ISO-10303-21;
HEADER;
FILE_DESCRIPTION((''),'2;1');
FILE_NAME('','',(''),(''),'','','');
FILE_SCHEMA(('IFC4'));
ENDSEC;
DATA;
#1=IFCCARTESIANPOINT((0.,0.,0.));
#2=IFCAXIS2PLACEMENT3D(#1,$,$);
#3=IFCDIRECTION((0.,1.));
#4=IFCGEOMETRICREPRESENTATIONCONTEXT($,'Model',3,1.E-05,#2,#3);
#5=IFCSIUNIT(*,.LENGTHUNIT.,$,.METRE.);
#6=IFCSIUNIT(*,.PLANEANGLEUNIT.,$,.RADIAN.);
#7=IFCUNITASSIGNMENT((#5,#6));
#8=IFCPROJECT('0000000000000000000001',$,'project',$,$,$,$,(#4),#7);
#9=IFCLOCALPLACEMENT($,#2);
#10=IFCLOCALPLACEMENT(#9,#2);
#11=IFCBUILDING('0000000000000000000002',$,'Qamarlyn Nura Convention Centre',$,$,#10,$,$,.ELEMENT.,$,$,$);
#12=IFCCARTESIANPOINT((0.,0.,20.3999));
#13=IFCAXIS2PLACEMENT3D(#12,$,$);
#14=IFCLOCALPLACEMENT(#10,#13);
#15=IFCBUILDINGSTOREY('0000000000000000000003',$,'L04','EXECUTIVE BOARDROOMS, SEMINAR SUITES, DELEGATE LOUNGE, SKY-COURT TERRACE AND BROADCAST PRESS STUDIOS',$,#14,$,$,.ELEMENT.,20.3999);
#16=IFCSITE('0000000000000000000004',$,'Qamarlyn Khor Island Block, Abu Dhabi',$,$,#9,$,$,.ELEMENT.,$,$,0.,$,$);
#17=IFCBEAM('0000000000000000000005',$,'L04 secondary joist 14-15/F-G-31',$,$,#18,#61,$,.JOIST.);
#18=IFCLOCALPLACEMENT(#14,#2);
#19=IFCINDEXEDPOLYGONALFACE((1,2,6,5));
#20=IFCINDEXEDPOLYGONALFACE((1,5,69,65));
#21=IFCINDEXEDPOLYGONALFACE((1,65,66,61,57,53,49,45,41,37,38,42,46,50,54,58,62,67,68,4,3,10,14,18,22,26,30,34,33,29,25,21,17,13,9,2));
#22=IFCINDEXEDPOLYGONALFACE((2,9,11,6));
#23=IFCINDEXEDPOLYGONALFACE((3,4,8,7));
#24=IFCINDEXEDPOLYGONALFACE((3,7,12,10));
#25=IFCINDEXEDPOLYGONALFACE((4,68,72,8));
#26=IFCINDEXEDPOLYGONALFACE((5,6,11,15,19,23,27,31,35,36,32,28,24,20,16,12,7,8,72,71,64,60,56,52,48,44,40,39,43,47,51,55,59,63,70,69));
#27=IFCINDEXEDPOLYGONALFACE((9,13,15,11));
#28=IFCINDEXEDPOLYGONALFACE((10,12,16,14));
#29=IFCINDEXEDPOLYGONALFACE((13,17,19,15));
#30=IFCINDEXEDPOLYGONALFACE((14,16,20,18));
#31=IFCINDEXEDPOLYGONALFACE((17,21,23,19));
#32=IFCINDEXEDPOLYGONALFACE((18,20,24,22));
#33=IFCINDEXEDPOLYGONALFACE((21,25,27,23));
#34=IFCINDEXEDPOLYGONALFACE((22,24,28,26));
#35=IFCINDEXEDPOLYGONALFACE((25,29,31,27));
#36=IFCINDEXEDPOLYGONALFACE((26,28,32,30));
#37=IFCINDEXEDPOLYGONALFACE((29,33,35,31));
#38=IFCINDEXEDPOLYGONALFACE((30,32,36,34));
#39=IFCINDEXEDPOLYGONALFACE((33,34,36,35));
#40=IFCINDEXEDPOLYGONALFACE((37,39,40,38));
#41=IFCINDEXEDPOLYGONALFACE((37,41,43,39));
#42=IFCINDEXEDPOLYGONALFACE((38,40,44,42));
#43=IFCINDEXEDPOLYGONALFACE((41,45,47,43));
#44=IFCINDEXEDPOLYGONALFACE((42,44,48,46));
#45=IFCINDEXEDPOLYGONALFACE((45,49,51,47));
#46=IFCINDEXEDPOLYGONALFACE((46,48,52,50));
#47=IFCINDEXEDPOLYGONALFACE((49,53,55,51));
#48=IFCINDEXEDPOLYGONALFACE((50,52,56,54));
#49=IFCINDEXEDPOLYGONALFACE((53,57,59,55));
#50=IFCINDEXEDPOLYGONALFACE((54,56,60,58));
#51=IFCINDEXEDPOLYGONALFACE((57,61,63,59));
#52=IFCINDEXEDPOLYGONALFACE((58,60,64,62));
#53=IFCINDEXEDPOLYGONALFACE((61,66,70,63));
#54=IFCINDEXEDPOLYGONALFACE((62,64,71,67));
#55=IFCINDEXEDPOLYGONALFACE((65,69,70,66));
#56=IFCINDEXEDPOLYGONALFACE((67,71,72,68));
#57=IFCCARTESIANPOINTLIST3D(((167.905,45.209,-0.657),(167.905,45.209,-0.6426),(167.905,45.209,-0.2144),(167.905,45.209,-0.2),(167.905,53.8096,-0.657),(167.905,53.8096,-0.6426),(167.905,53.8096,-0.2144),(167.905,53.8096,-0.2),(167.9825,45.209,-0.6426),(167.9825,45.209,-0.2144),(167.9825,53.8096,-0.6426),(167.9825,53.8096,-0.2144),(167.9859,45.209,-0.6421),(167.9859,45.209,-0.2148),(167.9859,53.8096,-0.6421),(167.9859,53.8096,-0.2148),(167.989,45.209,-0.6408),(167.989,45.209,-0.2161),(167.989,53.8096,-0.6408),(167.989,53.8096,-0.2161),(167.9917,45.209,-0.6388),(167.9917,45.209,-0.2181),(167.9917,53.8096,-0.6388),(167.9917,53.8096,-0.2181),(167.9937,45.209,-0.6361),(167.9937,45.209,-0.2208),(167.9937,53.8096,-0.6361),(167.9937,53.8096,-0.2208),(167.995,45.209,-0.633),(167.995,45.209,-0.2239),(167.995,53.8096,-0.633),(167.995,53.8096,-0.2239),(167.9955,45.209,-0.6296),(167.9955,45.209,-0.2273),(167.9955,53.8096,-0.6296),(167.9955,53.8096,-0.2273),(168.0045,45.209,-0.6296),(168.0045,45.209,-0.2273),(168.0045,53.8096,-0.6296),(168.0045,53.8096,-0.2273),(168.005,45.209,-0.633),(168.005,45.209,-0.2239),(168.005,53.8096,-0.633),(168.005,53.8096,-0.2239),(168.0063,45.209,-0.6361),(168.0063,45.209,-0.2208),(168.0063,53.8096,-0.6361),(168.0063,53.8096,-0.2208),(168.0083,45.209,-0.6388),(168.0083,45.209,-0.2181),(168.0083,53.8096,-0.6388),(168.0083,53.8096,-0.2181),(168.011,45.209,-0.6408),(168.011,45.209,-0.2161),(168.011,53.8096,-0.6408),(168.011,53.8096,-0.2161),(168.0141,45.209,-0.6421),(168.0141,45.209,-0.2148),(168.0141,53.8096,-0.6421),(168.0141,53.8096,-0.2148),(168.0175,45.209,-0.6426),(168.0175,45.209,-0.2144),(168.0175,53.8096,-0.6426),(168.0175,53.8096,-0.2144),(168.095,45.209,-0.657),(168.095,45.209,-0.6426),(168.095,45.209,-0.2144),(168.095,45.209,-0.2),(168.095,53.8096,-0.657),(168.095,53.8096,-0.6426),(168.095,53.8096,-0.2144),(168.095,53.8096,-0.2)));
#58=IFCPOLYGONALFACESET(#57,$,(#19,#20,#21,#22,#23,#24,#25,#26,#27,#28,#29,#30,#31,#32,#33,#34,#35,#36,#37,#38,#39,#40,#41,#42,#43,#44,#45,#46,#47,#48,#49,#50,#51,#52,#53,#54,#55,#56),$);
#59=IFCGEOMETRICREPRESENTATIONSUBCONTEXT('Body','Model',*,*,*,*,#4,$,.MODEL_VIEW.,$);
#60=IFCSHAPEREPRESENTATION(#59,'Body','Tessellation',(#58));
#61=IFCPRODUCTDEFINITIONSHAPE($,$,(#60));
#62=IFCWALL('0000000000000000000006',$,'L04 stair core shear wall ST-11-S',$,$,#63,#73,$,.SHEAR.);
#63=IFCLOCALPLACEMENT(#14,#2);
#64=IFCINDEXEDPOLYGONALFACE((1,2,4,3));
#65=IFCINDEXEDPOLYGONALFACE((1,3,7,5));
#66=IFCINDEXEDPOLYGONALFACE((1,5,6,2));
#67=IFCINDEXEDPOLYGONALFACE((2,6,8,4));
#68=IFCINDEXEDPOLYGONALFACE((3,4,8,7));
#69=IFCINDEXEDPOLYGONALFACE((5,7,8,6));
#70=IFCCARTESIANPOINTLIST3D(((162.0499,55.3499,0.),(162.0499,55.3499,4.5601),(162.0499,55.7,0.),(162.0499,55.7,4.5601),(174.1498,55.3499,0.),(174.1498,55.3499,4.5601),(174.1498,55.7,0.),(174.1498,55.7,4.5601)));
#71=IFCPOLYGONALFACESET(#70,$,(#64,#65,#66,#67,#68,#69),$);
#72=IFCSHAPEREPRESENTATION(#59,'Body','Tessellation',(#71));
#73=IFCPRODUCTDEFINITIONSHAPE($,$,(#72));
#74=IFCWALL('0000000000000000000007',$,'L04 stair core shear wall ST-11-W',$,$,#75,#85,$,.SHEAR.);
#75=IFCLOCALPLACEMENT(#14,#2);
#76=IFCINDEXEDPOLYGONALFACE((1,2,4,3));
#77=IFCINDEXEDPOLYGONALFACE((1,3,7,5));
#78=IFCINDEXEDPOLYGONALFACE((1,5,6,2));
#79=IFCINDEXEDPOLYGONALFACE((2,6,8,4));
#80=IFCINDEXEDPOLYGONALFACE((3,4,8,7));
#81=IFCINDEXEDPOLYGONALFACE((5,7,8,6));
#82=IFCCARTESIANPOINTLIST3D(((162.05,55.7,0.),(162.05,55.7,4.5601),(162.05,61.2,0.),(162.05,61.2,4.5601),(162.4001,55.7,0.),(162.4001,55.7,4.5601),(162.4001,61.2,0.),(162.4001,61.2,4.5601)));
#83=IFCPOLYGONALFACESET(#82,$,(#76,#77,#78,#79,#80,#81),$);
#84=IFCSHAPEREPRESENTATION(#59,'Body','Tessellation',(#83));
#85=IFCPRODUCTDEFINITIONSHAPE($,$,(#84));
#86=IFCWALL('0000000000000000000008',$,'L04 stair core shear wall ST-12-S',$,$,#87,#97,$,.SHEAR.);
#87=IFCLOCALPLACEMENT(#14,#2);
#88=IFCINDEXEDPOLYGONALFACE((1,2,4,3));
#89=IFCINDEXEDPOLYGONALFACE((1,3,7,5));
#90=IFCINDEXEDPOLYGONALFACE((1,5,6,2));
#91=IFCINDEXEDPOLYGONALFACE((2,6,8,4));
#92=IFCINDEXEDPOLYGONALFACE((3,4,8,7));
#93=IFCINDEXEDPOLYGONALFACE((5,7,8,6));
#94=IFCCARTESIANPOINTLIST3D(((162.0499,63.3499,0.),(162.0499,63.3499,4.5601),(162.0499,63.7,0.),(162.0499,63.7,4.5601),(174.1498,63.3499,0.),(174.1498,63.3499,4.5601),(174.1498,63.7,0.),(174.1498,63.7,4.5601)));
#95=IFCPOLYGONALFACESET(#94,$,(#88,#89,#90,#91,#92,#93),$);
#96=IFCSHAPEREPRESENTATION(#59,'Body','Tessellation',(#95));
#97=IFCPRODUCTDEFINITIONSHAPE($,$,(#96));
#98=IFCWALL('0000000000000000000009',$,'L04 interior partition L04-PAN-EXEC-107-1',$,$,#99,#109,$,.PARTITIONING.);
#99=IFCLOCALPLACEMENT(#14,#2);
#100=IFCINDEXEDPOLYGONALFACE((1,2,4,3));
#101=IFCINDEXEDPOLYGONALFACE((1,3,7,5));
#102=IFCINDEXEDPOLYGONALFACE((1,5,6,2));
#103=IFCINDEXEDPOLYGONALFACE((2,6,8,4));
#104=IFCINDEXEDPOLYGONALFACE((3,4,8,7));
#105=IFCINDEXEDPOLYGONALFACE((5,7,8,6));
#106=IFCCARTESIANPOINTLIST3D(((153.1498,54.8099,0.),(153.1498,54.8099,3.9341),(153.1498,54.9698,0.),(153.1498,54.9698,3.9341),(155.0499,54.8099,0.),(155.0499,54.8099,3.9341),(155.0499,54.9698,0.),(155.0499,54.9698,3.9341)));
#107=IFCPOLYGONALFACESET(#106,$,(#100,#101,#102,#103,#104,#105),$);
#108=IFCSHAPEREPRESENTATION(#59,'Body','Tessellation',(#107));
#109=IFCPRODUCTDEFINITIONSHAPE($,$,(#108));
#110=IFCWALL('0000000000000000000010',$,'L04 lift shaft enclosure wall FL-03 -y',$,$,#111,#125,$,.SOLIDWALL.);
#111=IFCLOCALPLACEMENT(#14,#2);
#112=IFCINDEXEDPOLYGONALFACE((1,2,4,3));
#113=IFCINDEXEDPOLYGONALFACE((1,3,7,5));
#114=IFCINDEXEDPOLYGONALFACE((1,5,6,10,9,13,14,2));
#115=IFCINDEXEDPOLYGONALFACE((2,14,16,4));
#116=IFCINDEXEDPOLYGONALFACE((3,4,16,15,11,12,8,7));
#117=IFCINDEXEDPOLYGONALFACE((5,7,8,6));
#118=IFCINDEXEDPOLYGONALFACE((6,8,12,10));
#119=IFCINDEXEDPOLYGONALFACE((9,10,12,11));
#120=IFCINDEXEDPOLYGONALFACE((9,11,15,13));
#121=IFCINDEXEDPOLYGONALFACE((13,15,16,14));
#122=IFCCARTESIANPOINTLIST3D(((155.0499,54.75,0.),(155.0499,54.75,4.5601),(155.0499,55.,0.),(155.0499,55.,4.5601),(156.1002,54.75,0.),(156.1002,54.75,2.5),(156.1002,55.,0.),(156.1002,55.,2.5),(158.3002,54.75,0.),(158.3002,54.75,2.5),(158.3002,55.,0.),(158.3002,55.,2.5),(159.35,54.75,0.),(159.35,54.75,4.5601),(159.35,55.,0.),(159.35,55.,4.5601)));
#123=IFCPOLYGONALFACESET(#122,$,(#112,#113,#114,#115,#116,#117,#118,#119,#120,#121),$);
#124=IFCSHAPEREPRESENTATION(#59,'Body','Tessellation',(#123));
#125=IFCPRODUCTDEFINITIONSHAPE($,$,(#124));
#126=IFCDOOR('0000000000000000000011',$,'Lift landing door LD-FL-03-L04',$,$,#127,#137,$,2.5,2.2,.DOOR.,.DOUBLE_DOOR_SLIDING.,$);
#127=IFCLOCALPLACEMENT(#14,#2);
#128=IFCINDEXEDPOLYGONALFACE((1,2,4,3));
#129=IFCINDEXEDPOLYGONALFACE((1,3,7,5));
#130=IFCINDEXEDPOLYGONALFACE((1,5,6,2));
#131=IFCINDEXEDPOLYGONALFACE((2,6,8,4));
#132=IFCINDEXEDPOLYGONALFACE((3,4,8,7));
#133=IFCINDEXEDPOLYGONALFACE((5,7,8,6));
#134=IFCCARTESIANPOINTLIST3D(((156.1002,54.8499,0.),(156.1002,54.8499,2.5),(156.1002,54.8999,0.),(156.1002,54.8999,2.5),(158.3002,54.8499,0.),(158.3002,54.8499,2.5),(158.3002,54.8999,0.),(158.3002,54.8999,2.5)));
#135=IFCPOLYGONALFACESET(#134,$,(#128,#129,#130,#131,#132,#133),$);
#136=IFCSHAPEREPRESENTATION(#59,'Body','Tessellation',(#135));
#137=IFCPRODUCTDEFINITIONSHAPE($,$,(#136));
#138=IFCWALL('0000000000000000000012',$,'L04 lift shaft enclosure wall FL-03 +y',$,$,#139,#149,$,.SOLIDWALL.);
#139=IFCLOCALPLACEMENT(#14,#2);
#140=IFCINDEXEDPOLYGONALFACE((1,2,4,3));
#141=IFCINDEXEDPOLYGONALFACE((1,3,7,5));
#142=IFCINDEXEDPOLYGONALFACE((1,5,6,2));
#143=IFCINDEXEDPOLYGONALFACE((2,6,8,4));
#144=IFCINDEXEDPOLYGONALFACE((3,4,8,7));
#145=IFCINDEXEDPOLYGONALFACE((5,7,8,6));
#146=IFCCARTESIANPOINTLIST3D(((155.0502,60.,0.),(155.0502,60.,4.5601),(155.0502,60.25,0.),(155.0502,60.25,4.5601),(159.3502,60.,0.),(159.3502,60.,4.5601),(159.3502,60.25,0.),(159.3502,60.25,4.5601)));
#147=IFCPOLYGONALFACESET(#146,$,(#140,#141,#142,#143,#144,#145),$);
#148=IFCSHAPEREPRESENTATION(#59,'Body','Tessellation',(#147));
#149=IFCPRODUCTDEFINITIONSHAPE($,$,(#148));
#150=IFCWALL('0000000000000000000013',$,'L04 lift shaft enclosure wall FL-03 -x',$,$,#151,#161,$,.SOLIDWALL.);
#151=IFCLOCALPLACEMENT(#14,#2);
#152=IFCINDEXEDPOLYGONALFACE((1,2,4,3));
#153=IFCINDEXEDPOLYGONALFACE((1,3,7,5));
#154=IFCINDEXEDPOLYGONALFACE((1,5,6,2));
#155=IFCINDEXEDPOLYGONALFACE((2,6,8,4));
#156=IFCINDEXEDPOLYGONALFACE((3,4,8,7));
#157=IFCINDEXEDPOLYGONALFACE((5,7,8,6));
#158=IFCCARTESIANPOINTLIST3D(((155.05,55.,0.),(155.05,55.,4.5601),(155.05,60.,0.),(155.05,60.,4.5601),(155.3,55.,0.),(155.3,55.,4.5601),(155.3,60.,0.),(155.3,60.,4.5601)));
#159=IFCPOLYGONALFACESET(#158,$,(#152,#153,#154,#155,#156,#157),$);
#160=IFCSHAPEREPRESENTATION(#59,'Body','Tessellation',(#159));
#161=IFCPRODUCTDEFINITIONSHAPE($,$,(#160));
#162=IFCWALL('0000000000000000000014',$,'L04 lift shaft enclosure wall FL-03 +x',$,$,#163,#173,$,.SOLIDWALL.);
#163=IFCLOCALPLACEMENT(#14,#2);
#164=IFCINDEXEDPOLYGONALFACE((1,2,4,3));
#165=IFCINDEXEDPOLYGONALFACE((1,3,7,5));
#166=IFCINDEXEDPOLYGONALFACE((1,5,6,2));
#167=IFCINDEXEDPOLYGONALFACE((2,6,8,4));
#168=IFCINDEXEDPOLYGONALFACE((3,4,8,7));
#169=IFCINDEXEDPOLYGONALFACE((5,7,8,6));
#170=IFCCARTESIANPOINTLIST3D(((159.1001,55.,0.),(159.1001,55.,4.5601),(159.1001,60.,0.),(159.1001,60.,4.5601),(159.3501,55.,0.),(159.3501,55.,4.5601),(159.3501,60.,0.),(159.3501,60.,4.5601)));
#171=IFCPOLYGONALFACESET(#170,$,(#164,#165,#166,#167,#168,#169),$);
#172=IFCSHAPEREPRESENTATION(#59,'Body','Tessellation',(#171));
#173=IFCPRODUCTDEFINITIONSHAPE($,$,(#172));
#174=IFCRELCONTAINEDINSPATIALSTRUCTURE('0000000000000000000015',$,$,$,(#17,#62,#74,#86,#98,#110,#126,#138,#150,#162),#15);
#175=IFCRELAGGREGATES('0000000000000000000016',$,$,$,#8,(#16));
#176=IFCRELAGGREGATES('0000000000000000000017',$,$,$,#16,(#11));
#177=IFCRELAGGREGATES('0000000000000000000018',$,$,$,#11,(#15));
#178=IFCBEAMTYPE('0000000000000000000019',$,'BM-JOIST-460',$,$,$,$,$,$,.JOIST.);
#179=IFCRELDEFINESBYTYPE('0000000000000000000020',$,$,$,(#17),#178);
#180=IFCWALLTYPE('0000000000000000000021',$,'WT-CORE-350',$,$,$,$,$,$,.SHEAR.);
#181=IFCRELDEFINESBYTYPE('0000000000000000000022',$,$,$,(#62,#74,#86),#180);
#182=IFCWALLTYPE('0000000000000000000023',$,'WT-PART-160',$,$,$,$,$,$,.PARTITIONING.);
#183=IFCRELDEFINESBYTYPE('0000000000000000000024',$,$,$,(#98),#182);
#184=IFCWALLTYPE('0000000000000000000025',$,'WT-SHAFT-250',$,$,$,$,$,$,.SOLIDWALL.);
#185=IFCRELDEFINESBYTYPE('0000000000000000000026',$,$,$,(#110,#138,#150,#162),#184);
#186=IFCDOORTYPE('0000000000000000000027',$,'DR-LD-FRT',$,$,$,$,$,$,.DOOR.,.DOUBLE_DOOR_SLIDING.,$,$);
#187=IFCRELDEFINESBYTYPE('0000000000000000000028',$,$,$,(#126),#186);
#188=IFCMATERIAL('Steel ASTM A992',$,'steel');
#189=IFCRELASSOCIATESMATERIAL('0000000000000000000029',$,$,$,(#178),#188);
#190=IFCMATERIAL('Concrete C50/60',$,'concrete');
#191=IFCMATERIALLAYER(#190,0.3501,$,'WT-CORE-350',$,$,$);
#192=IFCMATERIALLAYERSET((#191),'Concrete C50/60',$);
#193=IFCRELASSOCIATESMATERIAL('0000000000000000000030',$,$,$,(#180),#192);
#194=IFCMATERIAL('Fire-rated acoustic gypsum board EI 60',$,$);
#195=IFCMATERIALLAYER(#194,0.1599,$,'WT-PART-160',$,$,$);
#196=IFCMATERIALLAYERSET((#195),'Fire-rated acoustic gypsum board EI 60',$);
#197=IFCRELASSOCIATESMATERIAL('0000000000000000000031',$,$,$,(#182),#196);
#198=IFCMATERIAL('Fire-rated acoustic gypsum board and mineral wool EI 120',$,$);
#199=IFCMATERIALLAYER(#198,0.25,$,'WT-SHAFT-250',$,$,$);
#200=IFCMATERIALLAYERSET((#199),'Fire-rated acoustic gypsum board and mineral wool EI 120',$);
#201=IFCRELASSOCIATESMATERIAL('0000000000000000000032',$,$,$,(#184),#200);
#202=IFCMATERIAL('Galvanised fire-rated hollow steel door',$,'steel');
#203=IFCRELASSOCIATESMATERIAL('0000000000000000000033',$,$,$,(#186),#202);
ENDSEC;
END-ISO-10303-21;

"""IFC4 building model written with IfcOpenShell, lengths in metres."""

from ifc_helpers import new_model, si_unit, direction, frame, frame_2d, origin, origin_2d, place, context, subcontext, project, spatial, rectangle, i_section, extrude, material, layer, layer_set, material_profile, profile_set, type_object, element, fill, save


model = new_model("IFC4")

# Units and contexts
model_context = context("Model", 3, precision=1e-05, world=origin(), true_north=direction((0.0, 1.0)))
body_context = subcontext(model_context, "Body", "Model", "MODEL_VIEW")
ifc_project = project(units=[si_unit("LENGTHUNIT", "METRE"), si_unit("PLANEANGLEUNIT", "RADIAN")], contexts=[model_context])

# Site, building, storey
site_placement = place(None, origin())
site = spatial("IfcSite", under=ifc_project, at=site_placement, Name="Qamarlyn Khor Island Block, Abu Dhabi", CompositionType="ELEMENT", RefElevation=0.0)
building_placement = place(site_placement, origin())
building = spatial("IfcBuilding", under=site, at=building_placement, Name="Qamarlyn Nura Convention Centre", CompositionType="ELEMENT")
storey_placement = place(building_placement, frame((0.0, 0.0, 20.3999)))
storey = spatial("IfcBuildingStorey", under=building, at=storey_placement, Name="L04", Description="EXECUTIVE BOARDROOMS, SEMINAR SUITES, DELEGATE LOUNGE, SKY-COURT TERRACE AND BROADCAST PRESS STUDIOS", CompositionType="ELEMENT", Elevation=20.3999)

# Shared definitions
ifc_material_1 = material(Name="Steel ASTM A992", Category="steel")

# Beam
ifc_material_profile_1 = material_profile(ifc_material_1, i_section(OverallWidth=0.1899, OverallDepth=0.457, WebThickness=0.009, FlangeThickness=0.0144, FilletRadius=0.0129, at=origin_2d()), Name="W460X74")
ifc_profile_set_1 = profile_set([ifc_material_profile_1], Name="Steel ASTM A992")
beam_type_1 = type_object("IfcBeamType", Name="BM-JOIST-460", PredefinedType="JOIST", material=ifc_profile_set_1)
for number, where, z_axis, x_axis, name in (
    (1, (168.0, 45.209, -0.4285), (0.0, 1.0, 0.0), (-1.0, 0.0, 0.0), "L04 secondary joist 14-15/F-G-31"),
):
    element("IfcBeam", number, at=place(storey_placement, frame(where, z_axis=z_axis, x_axis=x_axis)), inside=storey, type_object=beam_type_1, Name=name, PredefinedType="JOIST", context=body_context, shape_type="SweptSolid", body=[
        extrude(i_section(OverallWidth=0.1899, OverallDepth=0.457, WebThickness=0.009, FlangeThickness=0.0144, FilletRadius=0.0129, at=origin_2d()), origin(), (0.0, 0.0, 1.0), 8.6006),
    ])

# Walls
ifc_material_2 = material(Name="Concrete C50/60", Category="concrete")
ifc_layer_1 = layer(ifc_material_2, 0.3501, Name="WT-CORE-350")
ifc_layer_set_1 = layer_set([ifc_layer_1], Name="Concrete C50/60")
wall_type_1 = type_object("IfcWallType", Name="WT-CORE-350", PredefinedType="SHEAR", material=ifc_layer_set_1)
wall_1_placement = place(storey_placement, frame((162.05, 55.5249, 0.0), z_axis=(0.0, 0.0, 1.0), x_axis=(1.0, 0.0, 0.0)))
element("IfcWall", 2, at=wall_1_placement, inside=storey, type_object=wall_type_1, Name="L04 stair core shear wall ST-11-S", PredefinedType="SHEAR", context=body_context, shape_type="SweptSolid", body=[
    extrude(rectangle(XDim=12.0999, YDim=0.3501, at=frame_2d((6.0498, 0.0))), origin(), (0.0, 0.0, 1.0), 4.5601),
])
wall_2_placement = place(storey_placement, frame((162.2251, 61.2, 0.0), z_axis=(0.0, 0.0, 1.0), x_axis=(0.0, -1.0, 0.0)))
element("IfcWall", 3, at=wall_2_placement, inside=storey, type_object=wall_type_1, Name="L04 stair core shear wall ST-11-W", PredefinedType="SHEAR", context=body_context, shape_type="SweptSolid", body=[
    extrude(rectangle(XDim=5.5, YDim=0.3501, at=frame_2d((2.75, 0.0))), origin(), (0.0, 0.0, 1.0), 4.5601),
])
wall_3_placement = place(storey_placement, frame((162.05, 63.5249, 0.0), z_axis=(0.0, 0.0, 1.0), x_axis=(1.0, 0.0, 0.0)))
element("IfcWall", 4, at=wall_3_placement, inside=storey, type_object=wall_type_1, Name="L04 stair core shear wall ST-12-S", PredefinedType="SHEAR", context=body_context, shape_type="SweptSolid", body=[
    extrude(rectangle(XDim=12.0999, YDim=0.3501, at=frame_2d((6.0498, 0.0))), origin(), (0.0, 0.0, 1.0), 4.5601),
])
ifc_material_3 = material(Name="Fire-rated acoustic gypsum board EI 60")
ifc_layer_2 = layer(ifc_material_3, 0.1599, Name="WT-PART-160")
ifc_layer_set_2 = layer_set([ifc_layer_2], Name="Fire-rated acoustic gypsum board EI 60")
wall_type_2 = type_object("IfcWallType", Name="WT-PART-160", PredefinedType="PARTITIONING", material=ifc_layer_set_2)
wall_4_placement = place(storey_placement, frame((155.05, 54.8899, 0.0), z_axis=(0.0, 0.0, 1.0), x_axis=(-1.0, 0.0, 0.0)))
element("IfcWall", 5, at=wall_4_placement, inside=storey, type_object=wall_type_2, Name="L04 interior partition L04-PAN-EXEC-107-1", PredefinedType="PARTITIONING", context=body_context, shape_type="SweptSolid", body=[
    extrude(rectangle(XDim=1.9001, YDim=0.1599, at=frame_2d((0.9502, 0.0))), origin(), (0.0, 0.0, 1.0), 3.9341),
])

# Wall, opening, door
ifc_material_4 = material(Name="Fire-rated acoustic gypsum board and mineral wool EI 120")
ifc_layer_3 = layer(ifc_material_4, 0.25, Name="WT-SHAFT-250")
ifc_layer_set_3 = layer_set([ifc_layer_3], Name="Fire-rated acoustic gypsum board and mineral wool EI 120")
wall_type_3 = type_object("IfcWallType", Name="WT-SHAFT-250", PredefinedType="SOLIDWALL", material=ifc_layer_set_3)
wall_5_placement = place(storey_placement, frame((155.05, 54.875, 0.0), z_axis=(0.0, 0.0, 1.0), x_axis=(1.0, 0.0, 0.0)))
wall_5 = element("IfcWall", 6, at=wall_5_placement, inside=storey, type_object=wall_type_3, Name="L04 lift shaft enclosure wall FL-03 -y", PredefinedType="SOLIDWALL", context=body_context, shape_type="SweptSolid", body=[
    extrude(rectangle(XDim=4.3, YDim=0.25, at=frame_2d((2.1499, 0.0))), origin(), (0.0, 0.0, 1.0), 4.5601),
])
opening_1_placement = place(wall_5_placement, frame((1.05, 0.0, 0.0)))
opening_1 = element("IfcOpeningElement", 7, at=opening_1_placement, cuts=wall_5, PredefinedType="OPENING", context=body_context, shape_type="SweptSolid", body=[
    extrude(rectangle(XDim=2.2, YDim=2.5, at=frame_2d((1.1001, 1.25))), frame((0.0, 0.135, 0.0), z_axis=(0.0, -1.0, 0.0), x_axis=(1.0, 0.0, 0.0)), (0.0, 0.0, 1.0), 0.27),
])
ifc_material_5 = material(Name="Galvanised fire-rated hollow steel door", Category="steel")
door_type = type_object("IfcDoorType", Name="DR-LD-FRT", OperationType="DOUBLE_DOOR_SLIDING", PredefinedType="DOOR", material=ifc_material_5)
door_1_placement = place(opening_1_placement, origin())
door_1 = element("IfcDoor", 8, at=door_1_placement, inside=storey, type_object=door_type, Name="Lift landing door LD-FL-03-L04", OperationType="DOUBLE_DOOR_SLIDING", OverallHeight=2.5, OverallWidth=2.2, PredefinedType="DOOR", context=body_context, shape_type="SweptSolid", body=[
    extrude(rectangle(XDim=2.2, YDim=2.5, at=frame_2d((1.1001, 1.25))), frame((0.0, 0.0249, 0.0), z_axis=(0.0, -1.0, 0.0), x_axis=(1.0, 0.0, 0.0)), (0.0, 0.0, 1.0), 0.05),
])
fill(opening_1, door_1)

# Walls
wall_6_placement = place(storey_placement, frame((159.3501, 60.125, 0.0), z_axis=(0.0, 0.0, 1.0), x_axis=(-1.0, 0.0, 0.0)))
element("IfcWall", 9, at=wall_6_placement, inside=storey, type_object=wall_type_3, Name="L04 lift shaft enclosure wall FL-03 +y", PredefinedType="SOLIDWALL", context=body_context, shape_type="SweptSolid", body=[
    extrude(rectangle(XDim=4.3, YDim=0.25, at=frame_2d((2.1499, 0.0))), origin(), (0.0, 0.0, 1.0), 4.5601),
])
for number, where, z_axis, x_axis, name in (
    (10, (155.175, 60.0, 0.0), (0.0, 0.0, 1.0), (0.0, -1.0, 0.0), "L04 lift shaft enclosure wall FL-03 -x"),
    (11, (159.2251, 55.0, 0.0), (0.0, 0.0, 1.0), (0.0, 1.0, 0.0), "L04 lift shaft enclosure wall FL-03 +x"),
):
    element("IfcWall", number, at=place(storey_placement, frame(where, z_axis=z_axis, x_axis=x_axis)), inside=storey, type_object=wall_type_3, Name=name, PredefinedType="SOLIDWALL", context=body_context, shape_type="SweptSolid", body=[
        extrude(rectangle(XDim=5.0, YDim=0.25, at=frame_2d((2.5, 0.0))), origin(), (0.0, 0.0, 1.0), 4.5601),
    ])

save(model, "model.ifc")
